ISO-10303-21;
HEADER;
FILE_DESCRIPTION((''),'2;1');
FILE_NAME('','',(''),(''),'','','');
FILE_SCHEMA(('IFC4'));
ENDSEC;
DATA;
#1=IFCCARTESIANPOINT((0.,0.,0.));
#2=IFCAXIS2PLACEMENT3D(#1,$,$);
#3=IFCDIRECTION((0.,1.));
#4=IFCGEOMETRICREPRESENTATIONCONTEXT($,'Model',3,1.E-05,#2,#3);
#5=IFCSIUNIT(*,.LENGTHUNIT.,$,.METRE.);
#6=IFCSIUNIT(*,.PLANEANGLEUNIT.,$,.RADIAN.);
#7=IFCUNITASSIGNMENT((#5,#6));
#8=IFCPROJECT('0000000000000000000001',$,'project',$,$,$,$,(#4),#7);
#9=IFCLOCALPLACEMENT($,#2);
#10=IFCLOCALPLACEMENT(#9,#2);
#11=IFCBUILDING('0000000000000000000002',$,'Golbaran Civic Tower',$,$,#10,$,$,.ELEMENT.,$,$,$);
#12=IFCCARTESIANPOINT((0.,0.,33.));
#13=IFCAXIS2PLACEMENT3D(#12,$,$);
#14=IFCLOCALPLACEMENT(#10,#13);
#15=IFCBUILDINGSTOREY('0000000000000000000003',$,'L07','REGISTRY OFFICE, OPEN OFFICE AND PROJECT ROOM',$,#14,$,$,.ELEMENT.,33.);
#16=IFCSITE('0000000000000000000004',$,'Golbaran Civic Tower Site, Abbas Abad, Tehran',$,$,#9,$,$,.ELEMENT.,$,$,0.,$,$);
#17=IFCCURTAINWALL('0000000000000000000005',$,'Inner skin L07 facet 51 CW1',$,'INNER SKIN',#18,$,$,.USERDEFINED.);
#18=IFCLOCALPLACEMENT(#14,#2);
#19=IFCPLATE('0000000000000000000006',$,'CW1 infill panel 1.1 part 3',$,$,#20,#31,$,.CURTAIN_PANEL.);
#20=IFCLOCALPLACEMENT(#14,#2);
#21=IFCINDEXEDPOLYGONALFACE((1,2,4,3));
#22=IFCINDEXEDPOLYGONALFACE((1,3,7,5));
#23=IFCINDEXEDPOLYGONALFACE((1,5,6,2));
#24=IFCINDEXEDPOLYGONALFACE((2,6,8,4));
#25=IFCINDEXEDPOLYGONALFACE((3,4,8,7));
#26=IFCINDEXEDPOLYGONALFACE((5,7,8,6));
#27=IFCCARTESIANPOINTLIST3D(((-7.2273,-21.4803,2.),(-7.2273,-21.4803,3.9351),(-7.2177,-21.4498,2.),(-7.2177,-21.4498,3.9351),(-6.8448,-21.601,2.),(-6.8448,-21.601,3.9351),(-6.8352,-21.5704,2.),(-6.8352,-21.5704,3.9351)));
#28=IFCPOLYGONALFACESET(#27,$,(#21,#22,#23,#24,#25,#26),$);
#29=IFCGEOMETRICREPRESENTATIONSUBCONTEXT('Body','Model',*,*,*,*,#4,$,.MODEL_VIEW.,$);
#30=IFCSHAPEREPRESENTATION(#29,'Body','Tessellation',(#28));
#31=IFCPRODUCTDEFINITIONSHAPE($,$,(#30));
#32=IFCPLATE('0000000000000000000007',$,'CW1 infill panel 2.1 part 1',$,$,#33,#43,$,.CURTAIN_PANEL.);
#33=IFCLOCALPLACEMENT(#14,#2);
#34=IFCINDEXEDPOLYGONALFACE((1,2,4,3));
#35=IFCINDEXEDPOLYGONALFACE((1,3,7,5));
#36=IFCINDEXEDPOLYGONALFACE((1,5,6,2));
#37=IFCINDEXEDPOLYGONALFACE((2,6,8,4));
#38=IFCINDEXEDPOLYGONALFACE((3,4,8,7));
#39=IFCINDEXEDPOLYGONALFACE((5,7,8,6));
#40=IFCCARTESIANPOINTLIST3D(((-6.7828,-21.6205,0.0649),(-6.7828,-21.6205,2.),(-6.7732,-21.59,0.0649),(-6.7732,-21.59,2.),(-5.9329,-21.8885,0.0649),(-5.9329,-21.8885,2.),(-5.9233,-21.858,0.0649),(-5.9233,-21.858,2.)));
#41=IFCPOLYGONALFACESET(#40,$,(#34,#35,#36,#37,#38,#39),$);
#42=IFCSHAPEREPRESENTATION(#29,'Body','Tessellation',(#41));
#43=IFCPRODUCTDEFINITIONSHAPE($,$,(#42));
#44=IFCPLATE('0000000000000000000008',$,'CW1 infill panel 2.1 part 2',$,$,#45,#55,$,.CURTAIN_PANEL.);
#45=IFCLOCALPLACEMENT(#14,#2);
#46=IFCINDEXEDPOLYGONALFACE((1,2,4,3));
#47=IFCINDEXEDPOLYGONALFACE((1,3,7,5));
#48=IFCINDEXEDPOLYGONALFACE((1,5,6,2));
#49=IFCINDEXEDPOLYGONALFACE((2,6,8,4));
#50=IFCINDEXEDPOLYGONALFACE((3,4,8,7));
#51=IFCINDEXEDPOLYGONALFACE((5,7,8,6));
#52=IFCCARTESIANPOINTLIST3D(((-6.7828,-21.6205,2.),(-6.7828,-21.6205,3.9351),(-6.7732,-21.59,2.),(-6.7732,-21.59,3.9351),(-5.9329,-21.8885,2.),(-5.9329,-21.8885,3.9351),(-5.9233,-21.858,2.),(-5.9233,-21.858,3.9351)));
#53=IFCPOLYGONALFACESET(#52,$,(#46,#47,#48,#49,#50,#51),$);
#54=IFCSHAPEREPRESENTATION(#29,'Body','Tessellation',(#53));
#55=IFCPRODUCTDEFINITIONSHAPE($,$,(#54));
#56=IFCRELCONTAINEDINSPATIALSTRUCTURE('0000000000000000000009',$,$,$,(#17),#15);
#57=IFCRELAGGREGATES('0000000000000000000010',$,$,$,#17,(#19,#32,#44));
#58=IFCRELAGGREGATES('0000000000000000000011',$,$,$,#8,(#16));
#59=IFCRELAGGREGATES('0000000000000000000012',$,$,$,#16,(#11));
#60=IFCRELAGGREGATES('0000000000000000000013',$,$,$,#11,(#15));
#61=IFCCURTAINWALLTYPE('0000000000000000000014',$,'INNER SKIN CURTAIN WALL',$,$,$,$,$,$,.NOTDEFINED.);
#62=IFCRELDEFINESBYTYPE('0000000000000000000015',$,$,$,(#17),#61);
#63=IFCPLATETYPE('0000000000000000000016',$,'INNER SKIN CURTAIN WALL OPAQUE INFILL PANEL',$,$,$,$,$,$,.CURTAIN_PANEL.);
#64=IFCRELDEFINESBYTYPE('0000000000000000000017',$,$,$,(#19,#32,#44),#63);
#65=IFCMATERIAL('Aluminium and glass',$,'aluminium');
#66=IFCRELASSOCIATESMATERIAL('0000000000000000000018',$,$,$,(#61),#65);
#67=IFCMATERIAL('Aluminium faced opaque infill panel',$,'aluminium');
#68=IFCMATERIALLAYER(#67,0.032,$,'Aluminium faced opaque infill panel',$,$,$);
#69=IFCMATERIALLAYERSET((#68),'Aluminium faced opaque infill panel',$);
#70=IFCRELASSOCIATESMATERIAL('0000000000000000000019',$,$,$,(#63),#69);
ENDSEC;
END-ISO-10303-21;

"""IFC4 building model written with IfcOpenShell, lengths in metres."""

from ifc_helpers import new_model, si_unit, direction, frame, origin, origin_2d, place, context, subcontext, project, spatial, rectangle, extrude, material, layer, layer_set, type_object, element, aggregate, save


model = new_model("IFC4")

# Units and contexts
model_context = context("Model", 3, precision=1e-05, world=origin(), true_north=direction((0.0, 1.0)))
body_context = subcontext(model_context, "Body", "Model", "MODEL_VIEW")
ifc_project = project(units=[si_unit("LENGTHUNIT", "METRE"), si_unit("PLANEANGLEUNIT", "RADIAN")], contexts=[model_context])

# Site, building, storey
site_placement = place(None, origin())
site = spatial("IfcSite", under=ifc_project, at=site_placement, Name="Golbaran Civic Tower Site, Abbas Abad, Tehran", CompositionType="ELEMENT", RefElevation=0.0)
building_placement = place(site_placement, origin())
building = spatial("IfcBuilding", under=site, at=building_placement, Name="Golbaran Civic Tower", CompositionType="ELEMENT")
storey_placement = place(building_placement, frame((0.0, 0.0, 33.0)))
storey = spatial("IfcBuildingStorey", under=building, at=storey_placement, Name="L07", Description="REGISTRY OFFICE, OPEN OFFICE AND PROJECT ROOM", CompositionType="ELEMENT", Elevation=33.0)

# Curtain wall
ifc_material_1 = material(Name="Aluminium and glass", Category="aluminium")
curtain_wall_type = type_object("IfcCurtainWallType", Name="INNER SKIN CURTAIN WALL", PredefinedType="NOTDEFINED", material=ifc_material_1)
curtain_wall_1_placement = place(storey_placement, origin())
curtain_wall_1 = element("IfcCurtainWall", 1, at=curtain_wall_1_placement, inside=storey, type_object=curtain_wall_type, Name="Inner skin L07 facet 51 CW1", ObjectType="INNER SKIN", PredefinedType="USERDEFINED")

# Plates
ifc_material_2 = material(Name="Aluminium faced opaque infill panel", Category="aluminium")
ifc_layer_1 = layer(ifc_material_2, 0.032, Name="Aluminium faced opaque infill panel")
ifc_layer_set_1 = layer_set([ifc_layer_1], Name="Aluminium faced opaque infill panel")
plate_type_1 = type_object("IfcPlateType", Name="INNER SKIN CURTAIN WALL OPAQUE INFILL PANEL", PredefinedType="CURTAIN_PANEL", material=ifc_layer_set_1)
plate_1_placement = place(storey_placement, frame((-7.0312, -21.5254, 2.0), z_axis=(0.0, 0.0, 1.0), x_axis=(0.953717, -0.300706, 0.0)))
plate_1 = element("IfcPlate", 2, at=plate_1_placement, type_object=plate_type_1, Name="CW1 infill panel 1.1 part 3", PredefinedType="CURTAIN_PANEL", context=body_context, shape_type="SweptSolid", body=[
    extrude(rectangle(XDim=0.4011, YDim=0.032, at=origin_2d()), origin(), (0.0, 0.0, 1.0), 1.9351),
])
plate_2_placement = place(storey_placement, frame((-6.353, -21.7393, 0.0649), z_axis=(0.0, 0.0, 1.0), x_axis=(0.953717, -0.300706, 0.0)))
plate_2 = element("IfcPlate", 3, at=plate_2_placement, type_object=plate_type_1, Name="CW1 infill panel 2.1 part 1", PredefinedType="CURTAIN_PANEL", context=body_context, shape_type="SweptSolid", body=[
    extrude(rectangle(XDim=0.8911, YDim=0.032, at=origin_2d()), origin(), (0.0, 0.0, 1.0), 1.9351),
])
plate_3_placement = place(storey_placement, frame((-6.353, -21.7393, 2.0), z_axis=(0.0, 0.0, 1.0), x_axis=(0.953717, -0.300706, 0.0)))
plate_3 = element("IfcPlate", 4, at=plate_3_placement, type_object=plate_type_1, Name="CW1 infill panel 2.1 part 2", PredefinedType="CURTAIN_PANEL", context=body_context, shape_type="SweptSolid", body=[
    extrude(rectangle(XDim=0.8911, YDim=0.032, at=origin_2d()), origin(), (0.0, 0.0, 1.0), 1.9351),
])
aggregate(curtain_wall_1, [plate_1, plate_2, plate_3])

save(model, "model.ifc")
